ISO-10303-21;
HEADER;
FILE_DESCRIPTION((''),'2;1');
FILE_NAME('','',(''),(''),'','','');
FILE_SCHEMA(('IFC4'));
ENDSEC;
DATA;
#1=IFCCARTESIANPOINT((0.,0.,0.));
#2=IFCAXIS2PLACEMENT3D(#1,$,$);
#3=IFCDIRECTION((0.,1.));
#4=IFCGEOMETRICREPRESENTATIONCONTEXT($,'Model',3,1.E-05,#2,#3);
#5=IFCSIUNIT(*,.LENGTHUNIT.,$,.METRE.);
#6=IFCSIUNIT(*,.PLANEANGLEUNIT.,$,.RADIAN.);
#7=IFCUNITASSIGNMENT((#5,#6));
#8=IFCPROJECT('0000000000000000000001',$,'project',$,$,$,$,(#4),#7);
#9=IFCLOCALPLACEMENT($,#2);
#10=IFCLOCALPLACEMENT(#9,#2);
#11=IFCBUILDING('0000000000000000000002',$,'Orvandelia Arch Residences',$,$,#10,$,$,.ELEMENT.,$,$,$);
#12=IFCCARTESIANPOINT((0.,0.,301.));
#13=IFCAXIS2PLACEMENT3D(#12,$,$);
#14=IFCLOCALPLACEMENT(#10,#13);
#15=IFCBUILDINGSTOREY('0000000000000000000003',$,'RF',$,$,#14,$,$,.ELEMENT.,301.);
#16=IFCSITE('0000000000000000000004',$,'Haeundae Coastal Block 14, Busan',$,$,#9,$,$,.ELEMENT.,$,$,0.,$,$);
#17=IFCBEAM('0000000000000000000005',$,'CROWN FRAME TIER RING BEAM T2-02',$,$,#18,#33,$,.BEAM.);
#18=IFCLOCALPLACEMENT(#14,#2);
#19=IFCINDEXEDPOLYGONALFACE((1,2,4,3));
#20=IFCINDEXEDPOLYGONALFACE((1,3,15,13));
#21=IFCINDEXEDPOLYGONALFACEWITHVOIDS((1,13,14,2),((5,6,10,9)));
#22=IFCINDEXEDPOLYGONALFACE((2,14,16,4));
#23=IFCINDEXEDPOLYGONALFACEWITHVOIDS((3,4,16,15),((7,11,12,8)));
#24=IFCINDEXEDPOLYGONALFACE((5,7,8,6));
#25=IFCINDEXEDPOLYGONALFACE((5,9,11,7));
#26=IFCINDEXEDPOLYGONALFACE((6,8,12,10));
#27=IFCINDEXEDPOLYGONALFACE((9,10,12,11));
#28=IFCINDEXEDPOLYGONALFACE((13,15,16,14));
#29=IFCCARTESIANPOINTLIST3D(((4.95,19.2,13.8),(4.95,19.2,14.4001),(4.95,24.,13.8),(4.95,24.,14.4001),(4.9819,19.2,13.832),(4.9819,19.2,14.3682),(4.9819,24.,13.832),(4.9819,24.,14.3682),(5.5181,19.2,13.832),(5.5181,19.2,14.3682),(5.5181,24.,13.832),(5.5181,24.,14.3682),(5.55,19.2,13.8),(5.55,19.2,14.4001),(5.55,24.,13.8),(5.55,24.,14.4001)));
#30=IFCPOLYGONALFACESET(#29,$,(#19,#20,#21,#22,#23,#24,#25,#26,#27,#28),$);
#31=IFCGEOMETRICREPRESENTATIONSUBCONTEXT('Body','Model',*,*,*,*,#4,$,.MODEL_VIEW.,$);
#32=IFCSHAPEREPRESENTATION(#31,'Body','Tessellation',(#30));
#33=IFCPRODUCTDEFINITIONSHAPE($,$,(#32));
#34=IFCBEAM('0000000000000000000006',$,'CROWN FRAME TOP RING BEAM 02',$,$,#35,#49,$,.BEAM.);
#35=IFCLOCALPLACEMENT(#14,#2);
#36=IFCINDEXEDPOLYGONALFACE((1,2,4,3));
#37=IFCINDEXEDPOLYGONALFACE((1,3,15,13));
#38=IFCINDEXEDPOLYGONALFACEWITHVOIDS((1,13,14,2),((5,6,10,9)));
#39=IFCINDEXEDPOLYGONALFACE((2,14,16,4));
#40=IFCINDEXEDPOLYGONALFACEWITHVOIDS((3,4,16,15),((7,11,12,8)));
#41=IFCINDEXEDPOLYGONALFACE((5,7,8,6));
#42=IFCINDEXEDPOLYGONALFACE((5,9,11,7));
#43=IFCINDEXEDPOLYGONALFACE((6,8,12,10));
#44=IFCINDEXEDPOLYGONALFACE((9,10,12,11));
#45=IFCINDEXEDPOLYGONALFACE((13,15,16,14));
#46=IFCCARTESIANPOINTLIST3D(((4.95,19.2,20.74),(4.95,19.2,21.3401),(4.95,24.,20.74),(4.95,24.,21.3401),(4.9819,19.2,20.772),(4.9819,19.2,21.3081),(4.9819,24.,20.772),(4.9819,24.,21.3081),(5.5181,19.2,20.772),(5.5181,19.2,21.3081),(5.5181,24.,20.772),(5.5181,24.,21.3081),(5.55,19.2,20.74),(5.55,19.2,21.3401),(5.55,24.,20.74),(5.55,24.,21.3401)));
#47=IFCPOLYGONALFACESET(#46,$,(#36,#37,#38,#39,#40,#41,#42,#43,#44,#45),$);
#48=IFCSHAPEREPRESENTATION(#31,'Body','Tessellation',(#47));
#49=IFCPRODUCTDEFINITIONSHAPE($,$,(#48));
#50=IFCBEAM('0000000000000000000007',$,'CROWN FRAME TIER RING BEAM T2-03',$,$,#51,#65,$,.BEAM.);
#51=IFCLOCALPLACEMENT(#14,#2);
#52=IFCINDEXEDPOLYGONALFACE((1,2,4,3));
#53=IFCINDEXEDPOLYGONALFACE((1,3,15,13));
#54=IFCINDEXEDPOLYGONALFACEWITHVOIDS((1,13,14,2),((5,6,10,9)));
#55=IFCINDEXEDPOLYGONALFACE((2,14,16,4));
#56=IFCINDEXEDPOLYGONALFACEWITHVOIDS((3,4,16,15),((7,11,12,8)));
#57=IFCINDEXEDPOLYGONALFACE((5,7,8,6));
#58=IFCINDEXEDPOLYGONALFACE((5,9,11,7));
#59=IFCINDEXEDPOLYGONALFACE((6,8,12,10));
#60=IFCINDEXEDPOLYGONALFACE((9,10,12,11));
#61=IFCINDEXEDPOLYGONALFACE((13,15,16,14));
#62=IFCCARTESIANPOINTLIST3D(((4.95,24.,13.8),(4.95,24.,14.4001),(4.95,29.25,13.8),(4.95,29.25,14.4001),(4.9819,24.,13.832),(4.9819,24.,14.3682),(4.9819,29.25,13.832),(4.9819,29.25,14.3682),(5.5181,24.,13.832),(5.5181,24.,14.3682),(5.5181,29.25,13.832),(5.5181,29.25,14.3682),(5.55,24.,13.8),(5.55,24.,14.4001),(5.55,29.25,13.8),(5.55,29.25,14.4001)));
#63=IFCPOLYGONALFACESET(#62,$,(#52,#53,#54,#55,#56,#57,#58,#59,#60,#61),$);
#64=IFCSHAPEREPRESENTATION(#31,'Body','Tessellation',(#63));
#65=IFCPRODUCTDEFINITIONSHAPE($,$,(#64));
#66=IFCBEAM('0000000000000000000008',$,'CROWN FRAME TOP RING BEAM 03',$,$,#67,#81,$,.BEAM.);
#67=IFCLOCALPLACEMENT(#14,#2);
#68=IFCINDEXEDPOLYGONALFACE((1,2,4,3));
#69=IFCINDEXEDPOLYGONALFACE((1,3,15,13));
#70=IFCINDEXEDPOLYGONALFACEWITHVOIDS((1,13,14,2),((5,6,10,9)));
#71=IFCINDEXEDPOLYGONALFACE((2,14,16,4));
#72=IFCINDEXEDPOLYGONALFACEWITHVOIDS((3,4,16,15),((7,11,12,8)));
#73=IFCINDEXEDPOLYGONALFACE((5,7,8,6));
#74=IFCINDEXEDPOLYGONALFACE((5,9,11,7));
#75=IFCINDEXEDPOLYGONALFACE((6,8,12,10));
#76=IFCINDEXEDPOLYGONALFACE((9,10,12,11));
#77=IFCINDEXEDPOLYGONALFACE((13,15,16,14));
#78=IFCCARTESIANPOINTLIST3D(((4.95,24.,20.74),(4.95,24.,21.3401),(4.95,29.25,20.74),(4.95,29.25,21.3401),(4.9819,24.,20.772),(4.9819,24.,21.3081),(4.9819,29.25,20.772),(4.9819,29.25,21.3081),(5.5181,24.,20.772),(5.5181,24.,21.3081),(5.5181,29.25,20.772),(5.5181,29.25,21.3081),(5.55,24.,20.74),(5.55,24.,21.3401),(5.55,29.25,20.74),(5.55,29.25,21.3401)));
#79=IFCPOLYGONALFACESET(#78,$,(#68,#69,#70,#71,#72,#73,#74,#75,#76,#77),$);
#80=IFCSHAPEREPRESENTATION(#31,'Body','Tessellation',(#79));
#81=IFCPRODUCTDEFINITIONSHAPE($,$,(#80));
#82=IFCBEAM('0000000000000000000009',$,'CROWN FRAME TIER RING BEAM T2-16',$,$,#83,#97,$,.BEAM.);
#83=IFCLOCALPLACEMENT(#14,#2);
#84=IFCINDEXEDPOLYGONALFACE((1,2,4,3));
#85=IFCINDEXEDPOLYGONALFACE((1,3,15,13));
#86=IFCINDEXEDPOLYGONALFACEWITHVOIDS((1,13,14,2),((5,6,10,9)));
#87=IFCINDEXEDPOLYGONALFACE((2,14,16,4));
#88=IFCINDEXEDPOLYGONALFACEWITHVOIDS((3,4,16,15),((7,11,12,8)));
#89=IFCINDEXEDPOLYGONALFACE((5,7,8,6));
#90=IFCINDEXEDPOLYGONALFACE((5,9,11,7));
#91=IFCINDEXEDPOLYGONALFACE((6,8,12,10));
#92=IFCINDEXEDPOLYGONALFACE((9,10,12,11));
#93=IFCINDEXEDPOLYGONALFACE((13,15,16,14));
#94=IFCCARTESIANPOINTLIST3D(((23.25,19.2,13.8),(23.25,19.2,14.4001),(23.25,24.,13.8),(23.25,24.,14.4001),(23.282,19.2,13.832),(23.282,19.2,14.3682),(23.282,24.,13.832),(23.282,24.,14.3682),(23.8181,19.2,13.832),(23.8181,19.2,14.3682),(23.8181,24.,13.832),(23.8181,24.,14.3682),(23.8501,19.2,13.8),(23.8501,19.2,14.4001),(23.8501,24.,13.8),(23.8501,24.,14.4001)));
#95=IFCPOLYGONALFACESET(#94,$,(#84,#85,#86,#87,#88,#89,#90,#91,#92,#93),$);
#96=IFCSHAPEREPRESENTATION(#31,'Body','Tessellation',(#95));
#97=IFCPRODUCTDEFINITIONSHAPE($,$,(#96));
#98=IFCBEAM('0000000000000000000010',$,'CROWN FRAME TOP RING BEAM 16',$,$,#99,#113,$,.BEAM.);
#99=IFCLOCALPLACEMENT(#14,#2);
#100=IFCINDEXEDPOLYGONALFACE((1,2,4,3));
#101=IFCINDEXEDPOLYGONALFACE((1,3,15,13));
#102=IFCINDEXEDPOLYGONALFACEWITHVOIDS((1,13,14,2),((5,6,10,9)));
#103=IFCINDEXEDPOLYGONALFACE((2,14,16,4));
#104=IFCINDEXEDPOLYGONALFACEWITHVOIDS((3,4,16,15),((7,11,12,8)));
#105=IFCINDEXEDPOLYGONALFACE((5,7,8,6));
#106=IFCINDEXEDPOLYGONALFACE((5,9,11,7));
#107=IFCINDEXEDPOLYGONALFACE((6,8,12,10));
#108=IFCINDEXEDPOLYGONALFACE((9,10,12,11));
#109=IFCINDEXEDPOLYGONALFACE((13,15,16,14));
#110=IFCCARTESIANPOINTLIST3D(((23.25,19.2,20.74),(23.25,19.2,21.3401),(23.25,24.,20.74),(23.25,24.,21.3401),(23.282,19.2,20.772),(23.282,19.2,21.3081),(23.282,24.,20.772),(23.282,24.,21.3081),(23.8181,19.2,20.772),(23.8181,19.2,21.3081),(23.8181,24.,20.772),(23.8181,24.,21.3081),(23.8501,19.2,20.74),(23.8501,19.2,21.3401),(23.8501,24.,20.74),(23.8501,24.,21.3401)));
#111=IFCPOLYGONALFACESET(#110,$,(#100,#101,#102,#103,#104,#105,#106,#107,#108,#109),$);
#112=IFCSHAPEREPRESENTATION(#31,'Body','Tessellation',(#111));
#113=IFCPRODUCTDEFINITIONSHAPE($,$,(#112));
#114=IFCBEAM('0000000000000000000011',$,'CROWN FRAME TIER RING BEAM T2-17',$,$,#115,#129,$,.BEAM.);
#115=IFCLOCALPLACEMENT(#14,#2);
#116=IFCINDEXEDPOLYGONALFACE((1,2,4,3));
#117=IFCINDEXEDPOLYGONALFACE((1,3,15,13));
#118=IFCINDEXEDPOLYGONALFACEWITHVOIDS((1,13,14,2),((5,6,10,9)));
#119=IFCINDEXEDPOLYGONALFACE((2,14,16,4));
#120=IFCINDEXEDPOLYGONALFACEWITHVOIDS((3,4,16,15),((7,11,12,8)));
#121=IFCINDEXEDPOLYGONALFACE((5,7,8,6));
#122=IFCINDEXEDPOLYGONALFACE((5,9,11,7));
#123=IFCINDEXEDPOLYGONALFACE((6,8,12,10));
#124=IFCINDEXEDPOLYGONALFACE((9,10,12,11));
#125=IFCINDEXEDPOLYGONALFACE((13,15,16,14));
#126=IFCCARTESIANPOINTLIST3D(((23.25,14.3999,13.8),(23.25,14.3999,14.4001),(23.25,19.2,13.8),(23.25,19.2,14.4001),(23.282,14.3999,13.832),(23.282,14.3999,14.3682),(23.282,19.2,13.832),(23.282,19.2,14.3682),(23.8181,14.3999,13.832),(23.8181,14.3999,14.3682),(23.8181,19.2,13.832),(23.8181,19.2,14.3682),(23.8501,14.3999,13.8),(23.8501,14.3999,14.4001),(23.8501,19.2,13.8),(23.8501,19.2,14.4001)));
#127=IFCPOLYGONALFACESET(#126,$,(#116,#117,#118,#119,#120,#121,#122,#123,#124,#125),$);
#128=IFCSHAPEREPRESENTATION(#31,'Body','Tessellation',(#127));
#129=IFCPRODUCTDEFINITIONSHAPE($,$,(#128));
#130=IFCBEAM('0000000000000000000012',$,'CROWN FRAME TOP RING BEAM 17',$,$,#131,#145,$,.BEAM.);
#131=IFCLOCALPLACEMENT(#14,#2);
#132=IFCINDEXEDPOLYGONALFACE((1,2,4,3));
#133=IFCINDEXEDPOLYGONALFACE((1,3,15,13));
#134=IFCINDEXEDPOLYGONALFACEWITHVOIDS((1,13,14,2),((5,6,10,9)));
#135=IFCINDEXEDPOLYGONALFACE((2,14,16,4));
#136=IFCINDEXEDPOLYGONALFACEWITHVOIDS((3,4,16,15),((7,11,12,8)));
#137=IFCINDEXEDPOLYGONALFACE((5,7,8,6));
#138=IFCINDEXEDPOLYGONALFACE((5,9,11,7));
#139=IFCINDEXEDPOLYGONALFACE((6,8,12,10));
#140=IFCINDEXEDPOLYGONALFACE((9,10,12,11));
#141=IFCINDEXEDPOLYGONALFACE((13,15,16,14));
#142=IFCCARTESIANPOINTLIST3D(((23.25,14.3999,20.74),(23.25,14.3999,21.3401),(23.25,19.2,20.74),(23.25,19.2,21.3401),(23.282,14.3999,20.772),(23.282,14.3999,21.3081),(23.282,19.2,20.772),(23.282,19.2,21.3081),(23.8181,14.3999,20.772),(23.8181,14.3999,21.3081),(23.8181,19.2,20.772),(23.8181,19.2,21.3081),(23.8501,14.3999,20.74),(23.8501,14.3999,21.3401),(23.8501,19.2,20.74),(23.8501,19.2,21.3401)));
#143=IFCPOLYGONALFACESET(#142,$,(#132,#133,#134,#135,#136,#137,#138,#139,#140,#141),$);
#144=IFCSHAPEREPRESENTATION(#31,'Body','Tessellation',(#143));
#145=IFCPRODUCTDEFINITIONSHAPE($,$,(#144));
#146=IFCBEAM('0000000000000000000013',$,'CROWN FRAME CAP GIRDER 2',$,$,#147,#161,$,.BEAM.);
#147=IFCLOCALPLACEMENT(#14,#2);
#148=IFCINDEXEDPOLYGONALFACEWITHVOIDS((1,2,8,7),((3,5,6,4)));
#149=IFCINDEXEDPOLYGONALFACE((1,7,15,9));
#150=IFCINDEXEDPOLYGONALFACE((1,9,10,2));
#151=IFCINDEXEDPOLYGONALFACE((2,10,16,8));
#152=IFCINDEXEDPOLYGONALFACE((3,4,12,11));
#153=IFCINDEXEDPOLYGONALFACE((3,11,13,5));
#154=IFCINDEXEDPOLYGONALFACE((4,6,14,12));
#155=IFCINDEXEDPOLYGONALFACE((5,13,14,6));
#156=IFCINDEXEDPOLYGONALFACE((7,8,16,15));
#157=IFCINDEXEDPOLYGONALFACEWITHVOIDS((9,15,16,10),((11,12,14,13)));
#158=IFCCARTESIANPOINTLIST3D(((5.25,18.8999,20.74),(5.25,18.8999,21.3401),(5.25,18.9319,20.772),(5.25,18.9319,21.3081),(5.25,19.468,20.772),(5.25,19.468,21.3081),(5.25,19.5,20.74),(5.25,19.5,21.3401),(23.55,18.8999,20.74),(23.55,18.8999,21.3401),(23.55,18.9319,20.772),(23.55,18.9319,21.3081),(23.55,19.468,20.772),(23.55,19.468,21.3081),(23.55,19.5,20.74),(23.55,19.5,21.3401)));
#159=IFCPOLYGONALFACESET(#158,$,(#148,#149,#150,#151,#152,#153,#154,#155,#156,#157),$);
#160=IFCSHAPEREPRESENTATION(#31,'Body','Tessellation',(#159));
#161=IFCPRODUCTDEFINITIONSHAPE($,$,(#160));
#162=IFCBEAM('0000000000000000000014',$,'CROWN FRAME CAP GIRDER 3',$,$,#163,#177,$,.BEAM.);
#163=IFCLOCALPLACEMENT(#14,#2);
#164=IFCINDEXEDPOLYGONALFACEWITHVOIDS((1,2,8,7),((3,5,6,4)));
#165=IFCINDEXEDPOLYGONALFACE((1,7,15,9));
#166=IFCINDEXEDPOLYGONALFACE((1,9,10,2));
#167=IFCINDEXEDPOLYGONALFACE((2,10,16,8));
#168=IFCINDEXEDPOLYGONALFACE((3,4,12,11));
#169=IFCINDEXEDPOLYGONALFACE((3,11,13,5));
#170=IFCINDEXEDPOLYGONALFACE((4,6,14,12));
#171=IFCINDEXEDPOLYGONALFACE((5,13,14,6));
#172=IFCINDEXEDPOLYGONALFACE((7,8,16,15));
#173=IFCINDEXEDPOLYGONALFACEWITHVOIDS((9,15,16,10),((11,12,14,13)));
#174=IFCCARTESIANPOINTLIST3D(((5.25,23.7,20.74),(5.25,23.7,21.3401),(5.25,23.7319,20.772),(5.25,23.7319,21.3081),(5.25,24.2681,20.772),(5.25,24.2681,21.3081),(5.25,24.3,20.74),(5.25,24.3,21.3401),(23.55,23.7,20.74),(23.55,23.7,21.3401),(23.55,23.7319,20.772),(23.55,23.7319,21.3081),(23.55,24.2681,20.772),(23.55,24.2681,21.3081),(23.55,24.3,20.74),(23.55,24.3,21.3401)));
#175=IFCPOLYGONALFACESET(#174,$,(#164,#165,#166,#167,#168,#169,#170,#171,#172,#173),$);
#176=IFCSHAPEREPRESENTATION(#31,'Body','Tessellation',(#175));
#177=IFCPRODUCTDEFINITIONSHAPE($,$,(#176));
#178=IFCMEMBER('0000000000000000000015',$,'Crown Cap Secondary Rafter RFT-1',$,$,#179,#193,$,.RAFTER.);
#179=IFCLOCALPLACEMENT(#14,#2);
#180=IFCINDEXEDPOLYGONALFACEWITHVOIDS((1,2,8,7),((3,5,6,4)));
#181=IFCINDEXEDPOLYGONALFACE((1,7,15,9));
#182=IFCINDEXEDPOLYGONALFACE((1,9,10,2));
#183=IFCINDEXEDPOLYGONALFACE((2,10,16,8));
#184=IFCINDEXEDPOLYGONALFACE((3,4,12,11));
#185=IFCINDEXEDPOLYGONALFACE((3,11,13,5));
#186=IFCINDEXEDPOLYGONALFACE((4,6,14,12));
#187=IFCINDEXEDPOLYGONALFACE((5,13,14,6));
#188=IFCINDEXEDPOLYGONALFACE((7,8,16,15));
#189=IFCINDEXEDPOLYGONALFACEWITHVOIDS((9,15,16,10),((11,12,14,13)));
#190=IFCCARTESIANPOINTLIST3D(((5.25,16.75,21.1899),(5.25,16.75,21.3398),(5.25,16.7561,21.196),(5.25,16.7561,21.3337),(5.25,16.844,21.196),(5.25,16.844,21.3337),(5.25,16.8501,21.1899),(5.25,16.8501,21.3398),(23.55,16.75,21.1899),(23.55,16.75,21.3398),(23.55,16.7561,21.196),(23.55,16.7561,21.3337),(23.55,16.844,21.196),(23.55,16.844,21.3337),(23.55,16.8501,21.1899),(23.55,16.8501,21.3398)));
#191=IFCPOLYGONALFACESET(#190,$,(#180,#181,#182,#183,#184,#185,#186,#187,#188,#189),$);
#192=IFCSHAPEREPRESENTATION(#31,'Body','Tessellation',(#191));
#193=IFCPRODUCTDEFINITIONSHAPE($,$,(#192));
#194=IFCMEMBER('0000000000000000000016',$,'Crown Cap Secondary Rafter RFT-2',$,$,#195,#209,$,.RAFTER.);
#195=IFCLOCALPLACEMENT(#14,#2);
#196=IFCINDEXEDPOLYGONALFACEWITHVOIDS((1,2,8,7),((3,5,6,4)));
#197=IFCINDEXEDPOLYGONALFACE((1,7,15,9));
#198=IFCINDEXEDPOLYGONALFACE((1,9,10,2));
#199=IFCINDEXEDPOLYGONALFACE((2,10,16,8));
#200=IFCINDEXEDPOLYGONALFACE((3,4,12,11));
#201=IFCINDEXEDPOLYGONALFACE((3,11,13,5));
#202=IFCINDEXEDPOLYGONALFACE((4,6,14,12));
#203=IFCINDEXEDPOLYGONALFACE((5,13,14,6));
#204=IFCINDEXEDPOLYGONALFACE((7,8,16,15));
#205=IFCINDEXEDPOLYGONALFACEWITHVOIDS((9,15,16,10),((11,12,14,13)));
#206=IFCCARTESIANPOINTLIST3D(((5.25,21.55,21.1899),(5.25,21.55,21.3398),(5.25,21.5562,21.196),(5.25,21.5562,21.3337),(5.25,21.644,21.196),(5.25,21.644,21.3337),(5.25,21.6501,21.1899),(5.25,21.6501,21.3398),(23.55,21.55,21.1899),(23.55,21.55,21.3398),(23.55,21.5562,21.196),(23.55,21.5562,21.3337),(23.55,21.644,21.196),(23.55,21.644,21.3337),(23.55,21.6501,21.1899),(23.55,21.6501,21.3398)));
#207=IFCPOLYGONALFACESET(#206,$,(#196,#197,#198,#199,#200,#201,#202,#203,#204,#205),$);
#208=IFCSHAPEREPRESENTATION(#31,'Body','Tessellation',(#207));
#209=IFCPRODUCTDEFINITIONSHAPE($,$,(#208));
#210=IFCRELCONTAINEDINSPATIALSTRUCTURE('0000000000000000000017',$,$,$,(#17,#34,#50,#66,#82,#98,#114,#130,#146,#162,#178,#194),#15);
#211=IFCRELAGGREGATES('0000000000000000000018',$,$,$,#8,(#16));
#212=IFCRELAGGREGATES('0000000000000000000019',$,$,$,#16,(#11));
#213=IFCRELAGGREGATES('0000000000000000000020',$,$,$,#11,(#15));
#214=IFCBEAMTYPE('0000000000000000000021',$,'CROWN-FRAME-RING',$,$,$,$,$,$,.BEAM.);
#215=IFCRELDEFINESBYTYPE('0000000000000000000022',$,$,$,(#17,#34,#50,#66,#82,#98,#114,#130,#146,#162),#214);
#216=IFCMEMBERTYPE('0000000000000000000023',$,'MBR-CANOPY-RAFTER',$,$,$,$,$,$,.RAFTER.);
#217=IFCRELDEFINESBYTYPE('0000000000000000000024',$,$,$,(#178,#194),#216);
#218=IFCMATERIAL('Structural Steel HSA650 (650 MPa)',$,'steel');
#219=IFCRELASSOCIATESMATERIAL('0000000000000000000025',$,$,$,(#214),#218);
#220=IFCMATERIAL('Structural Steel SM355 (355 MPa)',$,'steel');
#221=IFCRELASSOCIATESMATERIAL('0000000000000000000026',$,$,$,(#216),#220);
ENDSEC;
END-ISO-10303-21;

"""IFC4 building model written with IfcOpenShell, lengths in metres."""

from ifc_helpers import new_model, si_unit, direction, frame, origin, origin_2d, place, context, subcontext, project, spatial, hollow_rectangle, extrude, material, material_profile, profile_set, type_object, element, save


model = new_model("IFC4")

# Units and contexts
model_context = context("Model", 3, precision=1e-05, world=origin(), true_north=direction((0.0, 1.0)))
body_context = subcontext(model_context, "Body", "Model", "MODEL_VIEW")
ifc_project = project(units=[si_unit("LENGTHUNIT", "METRE"), si_unit("PLANEANGLEUNIT", "RADIAN")], contexts=[model_context])

# Site, building, storey
site_placement = place(None, origin())
site = spatial("IfcSite", under=ifc_project, at=site_placement, Name="Haeundae Coastal Block 14, Busan", CompositionType="ELEMENT", RefElevation=0.0)
building_placement = place(site_placement, origin())
building = spatial("IfcBuilding", under=site, at=building_placement, Name="Orvandelia Arch Residences", CompositionType="ELEMENT")
storey_placement = place(building_placement, frame((0.0, 0.0, 301.0)))
storey = spatial("IfcBuildingStorey", under=building, at=storey_placement, Name="RF", CompositionType="ELEMENT", Elevation=301.0)

# Beams
ifc_material_1 = material(Name="Structural Steel HSA650 (650 MPa)", Category="steel")
ifc_material_profile_1 = material_profile(ifc_material_1, hollow_rectangle(XDim=0.6001, YDim=0.6001, WallThickness=0.032, at=origin_2d()), Name="Structural Steel HSA650 (650 MPa)", Category="steel")
ifc_profile_set_1 = profile_set([ifc_material_profile_1], Name="Structural Steel HSA650 (650 MPa)")
beam_type = type_object("IfcBeamType", Name="CROWN-FRAME-RING", PredefinedType="BEAM", material=ifc_profile_set_1)
for number, where, z_axis, x_axis, name in (
    (1, (5.25, 19.2, 14.1001), (0.0, 1.0, 0.0), (-1.0, 0.0, 0.0), "CROWN FRAME TIER RING BEAM T2-02"),
    (2, (5.25, 19.2, 21.04), (0.0, 1.0, 0.0), (-1.0, 0.0, 0.0), "CROWN FRAME TOP RING BEAM 02"),
):
    element("IfcBeam", number, at=place(storey_placement, frame(where, z_axis=z_axis, x_axis=x_axis)), inside=storey, type_object=beam_type, Name=name, PredefinedType="BEAM", context=body_context, shape_type="SweptSolid", body=[
        extrude(hollow_rectangle(XDim=0.6001, YDim=0.6001, WallThickness=0.032, at=origin_2d()), origin(), (0.0, 0.0, 1.0), 4.8),
    ])
for number, where, z_axis, x_axis, name in (
    (3, (5.25, 24.0, 14.1001), (0.0, 1.0, 0.0), (-1.0, 0.0, 0.0), "CROWN FRAME TIER RING BEAM T2-03"),
    (4, (5.25, 24.0, 21.04), (0.0, 1.0, 0.0), (-1.0, 0.0, 0.0), "CROWN FRAME TOP RING BEAM 03"),
):
    element("IfcBeam", number, at=place(storey_placement, frame(where, z_axis=z_axis, x_axis=x_axis)), inside=storey, type_object=beam_type, Name=name, PredefinedType="BEAM", context=body_context, shape_type="SweptSolid", body=[
        extrude(hollow_rectangle(XDim=0.6001, YDim=0.6001, WallThickness=0.032, at=origin_2d()), origin(), (0.0, 0.0, 1.0), 5.25),
    ])
for number, where, z_axis, x_axis, name in (
    (5, (23.55, 24.0, 14.1001), (0.0, -1.0, 0.0), (1.0, 0.0, 0.0), "CROWN FRAME TIER RING BEAM T2-16"),
    (6, (23.55, 24.0, 21.04), (0.0, -1.0, 0.0), (1.0, 0.0, 0.0), "CROWN FRAME TOP RING BEAM 16"),
    (7, (23.55, 19.2, 14.1001), (0.0, -1.0, 0.0), (1.0, 0.0, 0.0), "CROWN FRAME TIER RING BEAM T2-17"),
    (8, (23.55, 19.2, 21.04), (0.0, -1.0, 0.0), (1.0, 0.0, 0.0), "CROWN FRAME TOP RING BEAM 17"),
):
    element("IfcBeam", number, at=place(storey_placement, frame(where, z_axis=z_axis, x_axis=x_axis)), inside=storey, type_object=beam_type, Name=name, PredefinedType="BEAM", context=body_context, shape_type="SweptSolid", body=[
        extrude(hollow_rectangle(XDim=0.6001, YDim=0.6001, WallThickness=0.032, at=origin_2d()), origin(), (0.0, 0.0, 1.0), 4.8),
    ])
for number, where, z_axis, x_axis, name in (
    (9, (5.25, 19.2, 21.04), (1.0, 0.0, 0.0), (0.0, 1.0, 0.0), "CROWN FRAME CAP GIRDER 2"),
    (10, (5.25, 24.0, 21.04), (1.0, 0.0, 0.0), (0.0, 1.0, 0.0), "CROWN FRAME CAP GIRDER 3"),
):
    element("IfcBeam", number, at=place(storey_placement, frame(where, z_axis=z_axis, x_axis=x_axis)), inside=storey, type_object=beam_type, Name=name, PredefinedType="BEAM", context=body_context, shape_type="SweptSolid", body=[
        extrude(hollow_rectangle(XDim=0.6001, YDim=0.6001, WallThickness=0.032, at=origin_2d()), origin(), (0.0, 0.0, 1.0), 18.3),
    ])

# Members
ifc_material_2 = material(Name="Structural Steel SM355 (355 MPa)", Category="steel")
ifc_material_profile_2 = material_profile(ifc_material_2, hollow_rectangle(XDim=0.1001, YDim=0.1499, WallThickness=0.0061, at=origin_2d()), Name="Structural Steel SM355 (355 MPa)", Category="steel")
ifc_profile_set_2 = profile_set([ifc_material_profile_2], Name="Structural Steel SM355 (355 MPa)")
member_type_1 = type_object("IfcMemberType", Name="MBR-CANOPY-RAFTER", PredefinedType="RAFTER", material=ifc_profile_set_2)
for number, where, z_axis, x_axis, name in (
    (11, (5.25, 16.8, 21.2649), (1.0, 0.0, 0.0), (0.0, 1.0, 0.0), "Crown Cap Secondary Rafter RFT-1"),
    (12, (5.25, 21.6001, 21.2649), (1.0, 0.0, 0.0), (0.0, 1.0, 0.0), "Crown Cap Secondary Rafter RFT-2"),
):
    element("IfcMember", number, at=place(storey_placement, frame(where, z_axis=z_axis, x_axis=x_axis)), inside=storey, type_object=member_type_1, Name=name, PredefinedType="RAFTER", context=body_context, shape_type="SweptSolid", body=[
        extrude(hollow_rectangle(XDim=0.1001, YDim=0.1499, WallThickness=0.0061, at=origin_2d()), origin(), (0.0, 0.0, 1.0), 18.3),
    ])

save(model, "model.ifc")
